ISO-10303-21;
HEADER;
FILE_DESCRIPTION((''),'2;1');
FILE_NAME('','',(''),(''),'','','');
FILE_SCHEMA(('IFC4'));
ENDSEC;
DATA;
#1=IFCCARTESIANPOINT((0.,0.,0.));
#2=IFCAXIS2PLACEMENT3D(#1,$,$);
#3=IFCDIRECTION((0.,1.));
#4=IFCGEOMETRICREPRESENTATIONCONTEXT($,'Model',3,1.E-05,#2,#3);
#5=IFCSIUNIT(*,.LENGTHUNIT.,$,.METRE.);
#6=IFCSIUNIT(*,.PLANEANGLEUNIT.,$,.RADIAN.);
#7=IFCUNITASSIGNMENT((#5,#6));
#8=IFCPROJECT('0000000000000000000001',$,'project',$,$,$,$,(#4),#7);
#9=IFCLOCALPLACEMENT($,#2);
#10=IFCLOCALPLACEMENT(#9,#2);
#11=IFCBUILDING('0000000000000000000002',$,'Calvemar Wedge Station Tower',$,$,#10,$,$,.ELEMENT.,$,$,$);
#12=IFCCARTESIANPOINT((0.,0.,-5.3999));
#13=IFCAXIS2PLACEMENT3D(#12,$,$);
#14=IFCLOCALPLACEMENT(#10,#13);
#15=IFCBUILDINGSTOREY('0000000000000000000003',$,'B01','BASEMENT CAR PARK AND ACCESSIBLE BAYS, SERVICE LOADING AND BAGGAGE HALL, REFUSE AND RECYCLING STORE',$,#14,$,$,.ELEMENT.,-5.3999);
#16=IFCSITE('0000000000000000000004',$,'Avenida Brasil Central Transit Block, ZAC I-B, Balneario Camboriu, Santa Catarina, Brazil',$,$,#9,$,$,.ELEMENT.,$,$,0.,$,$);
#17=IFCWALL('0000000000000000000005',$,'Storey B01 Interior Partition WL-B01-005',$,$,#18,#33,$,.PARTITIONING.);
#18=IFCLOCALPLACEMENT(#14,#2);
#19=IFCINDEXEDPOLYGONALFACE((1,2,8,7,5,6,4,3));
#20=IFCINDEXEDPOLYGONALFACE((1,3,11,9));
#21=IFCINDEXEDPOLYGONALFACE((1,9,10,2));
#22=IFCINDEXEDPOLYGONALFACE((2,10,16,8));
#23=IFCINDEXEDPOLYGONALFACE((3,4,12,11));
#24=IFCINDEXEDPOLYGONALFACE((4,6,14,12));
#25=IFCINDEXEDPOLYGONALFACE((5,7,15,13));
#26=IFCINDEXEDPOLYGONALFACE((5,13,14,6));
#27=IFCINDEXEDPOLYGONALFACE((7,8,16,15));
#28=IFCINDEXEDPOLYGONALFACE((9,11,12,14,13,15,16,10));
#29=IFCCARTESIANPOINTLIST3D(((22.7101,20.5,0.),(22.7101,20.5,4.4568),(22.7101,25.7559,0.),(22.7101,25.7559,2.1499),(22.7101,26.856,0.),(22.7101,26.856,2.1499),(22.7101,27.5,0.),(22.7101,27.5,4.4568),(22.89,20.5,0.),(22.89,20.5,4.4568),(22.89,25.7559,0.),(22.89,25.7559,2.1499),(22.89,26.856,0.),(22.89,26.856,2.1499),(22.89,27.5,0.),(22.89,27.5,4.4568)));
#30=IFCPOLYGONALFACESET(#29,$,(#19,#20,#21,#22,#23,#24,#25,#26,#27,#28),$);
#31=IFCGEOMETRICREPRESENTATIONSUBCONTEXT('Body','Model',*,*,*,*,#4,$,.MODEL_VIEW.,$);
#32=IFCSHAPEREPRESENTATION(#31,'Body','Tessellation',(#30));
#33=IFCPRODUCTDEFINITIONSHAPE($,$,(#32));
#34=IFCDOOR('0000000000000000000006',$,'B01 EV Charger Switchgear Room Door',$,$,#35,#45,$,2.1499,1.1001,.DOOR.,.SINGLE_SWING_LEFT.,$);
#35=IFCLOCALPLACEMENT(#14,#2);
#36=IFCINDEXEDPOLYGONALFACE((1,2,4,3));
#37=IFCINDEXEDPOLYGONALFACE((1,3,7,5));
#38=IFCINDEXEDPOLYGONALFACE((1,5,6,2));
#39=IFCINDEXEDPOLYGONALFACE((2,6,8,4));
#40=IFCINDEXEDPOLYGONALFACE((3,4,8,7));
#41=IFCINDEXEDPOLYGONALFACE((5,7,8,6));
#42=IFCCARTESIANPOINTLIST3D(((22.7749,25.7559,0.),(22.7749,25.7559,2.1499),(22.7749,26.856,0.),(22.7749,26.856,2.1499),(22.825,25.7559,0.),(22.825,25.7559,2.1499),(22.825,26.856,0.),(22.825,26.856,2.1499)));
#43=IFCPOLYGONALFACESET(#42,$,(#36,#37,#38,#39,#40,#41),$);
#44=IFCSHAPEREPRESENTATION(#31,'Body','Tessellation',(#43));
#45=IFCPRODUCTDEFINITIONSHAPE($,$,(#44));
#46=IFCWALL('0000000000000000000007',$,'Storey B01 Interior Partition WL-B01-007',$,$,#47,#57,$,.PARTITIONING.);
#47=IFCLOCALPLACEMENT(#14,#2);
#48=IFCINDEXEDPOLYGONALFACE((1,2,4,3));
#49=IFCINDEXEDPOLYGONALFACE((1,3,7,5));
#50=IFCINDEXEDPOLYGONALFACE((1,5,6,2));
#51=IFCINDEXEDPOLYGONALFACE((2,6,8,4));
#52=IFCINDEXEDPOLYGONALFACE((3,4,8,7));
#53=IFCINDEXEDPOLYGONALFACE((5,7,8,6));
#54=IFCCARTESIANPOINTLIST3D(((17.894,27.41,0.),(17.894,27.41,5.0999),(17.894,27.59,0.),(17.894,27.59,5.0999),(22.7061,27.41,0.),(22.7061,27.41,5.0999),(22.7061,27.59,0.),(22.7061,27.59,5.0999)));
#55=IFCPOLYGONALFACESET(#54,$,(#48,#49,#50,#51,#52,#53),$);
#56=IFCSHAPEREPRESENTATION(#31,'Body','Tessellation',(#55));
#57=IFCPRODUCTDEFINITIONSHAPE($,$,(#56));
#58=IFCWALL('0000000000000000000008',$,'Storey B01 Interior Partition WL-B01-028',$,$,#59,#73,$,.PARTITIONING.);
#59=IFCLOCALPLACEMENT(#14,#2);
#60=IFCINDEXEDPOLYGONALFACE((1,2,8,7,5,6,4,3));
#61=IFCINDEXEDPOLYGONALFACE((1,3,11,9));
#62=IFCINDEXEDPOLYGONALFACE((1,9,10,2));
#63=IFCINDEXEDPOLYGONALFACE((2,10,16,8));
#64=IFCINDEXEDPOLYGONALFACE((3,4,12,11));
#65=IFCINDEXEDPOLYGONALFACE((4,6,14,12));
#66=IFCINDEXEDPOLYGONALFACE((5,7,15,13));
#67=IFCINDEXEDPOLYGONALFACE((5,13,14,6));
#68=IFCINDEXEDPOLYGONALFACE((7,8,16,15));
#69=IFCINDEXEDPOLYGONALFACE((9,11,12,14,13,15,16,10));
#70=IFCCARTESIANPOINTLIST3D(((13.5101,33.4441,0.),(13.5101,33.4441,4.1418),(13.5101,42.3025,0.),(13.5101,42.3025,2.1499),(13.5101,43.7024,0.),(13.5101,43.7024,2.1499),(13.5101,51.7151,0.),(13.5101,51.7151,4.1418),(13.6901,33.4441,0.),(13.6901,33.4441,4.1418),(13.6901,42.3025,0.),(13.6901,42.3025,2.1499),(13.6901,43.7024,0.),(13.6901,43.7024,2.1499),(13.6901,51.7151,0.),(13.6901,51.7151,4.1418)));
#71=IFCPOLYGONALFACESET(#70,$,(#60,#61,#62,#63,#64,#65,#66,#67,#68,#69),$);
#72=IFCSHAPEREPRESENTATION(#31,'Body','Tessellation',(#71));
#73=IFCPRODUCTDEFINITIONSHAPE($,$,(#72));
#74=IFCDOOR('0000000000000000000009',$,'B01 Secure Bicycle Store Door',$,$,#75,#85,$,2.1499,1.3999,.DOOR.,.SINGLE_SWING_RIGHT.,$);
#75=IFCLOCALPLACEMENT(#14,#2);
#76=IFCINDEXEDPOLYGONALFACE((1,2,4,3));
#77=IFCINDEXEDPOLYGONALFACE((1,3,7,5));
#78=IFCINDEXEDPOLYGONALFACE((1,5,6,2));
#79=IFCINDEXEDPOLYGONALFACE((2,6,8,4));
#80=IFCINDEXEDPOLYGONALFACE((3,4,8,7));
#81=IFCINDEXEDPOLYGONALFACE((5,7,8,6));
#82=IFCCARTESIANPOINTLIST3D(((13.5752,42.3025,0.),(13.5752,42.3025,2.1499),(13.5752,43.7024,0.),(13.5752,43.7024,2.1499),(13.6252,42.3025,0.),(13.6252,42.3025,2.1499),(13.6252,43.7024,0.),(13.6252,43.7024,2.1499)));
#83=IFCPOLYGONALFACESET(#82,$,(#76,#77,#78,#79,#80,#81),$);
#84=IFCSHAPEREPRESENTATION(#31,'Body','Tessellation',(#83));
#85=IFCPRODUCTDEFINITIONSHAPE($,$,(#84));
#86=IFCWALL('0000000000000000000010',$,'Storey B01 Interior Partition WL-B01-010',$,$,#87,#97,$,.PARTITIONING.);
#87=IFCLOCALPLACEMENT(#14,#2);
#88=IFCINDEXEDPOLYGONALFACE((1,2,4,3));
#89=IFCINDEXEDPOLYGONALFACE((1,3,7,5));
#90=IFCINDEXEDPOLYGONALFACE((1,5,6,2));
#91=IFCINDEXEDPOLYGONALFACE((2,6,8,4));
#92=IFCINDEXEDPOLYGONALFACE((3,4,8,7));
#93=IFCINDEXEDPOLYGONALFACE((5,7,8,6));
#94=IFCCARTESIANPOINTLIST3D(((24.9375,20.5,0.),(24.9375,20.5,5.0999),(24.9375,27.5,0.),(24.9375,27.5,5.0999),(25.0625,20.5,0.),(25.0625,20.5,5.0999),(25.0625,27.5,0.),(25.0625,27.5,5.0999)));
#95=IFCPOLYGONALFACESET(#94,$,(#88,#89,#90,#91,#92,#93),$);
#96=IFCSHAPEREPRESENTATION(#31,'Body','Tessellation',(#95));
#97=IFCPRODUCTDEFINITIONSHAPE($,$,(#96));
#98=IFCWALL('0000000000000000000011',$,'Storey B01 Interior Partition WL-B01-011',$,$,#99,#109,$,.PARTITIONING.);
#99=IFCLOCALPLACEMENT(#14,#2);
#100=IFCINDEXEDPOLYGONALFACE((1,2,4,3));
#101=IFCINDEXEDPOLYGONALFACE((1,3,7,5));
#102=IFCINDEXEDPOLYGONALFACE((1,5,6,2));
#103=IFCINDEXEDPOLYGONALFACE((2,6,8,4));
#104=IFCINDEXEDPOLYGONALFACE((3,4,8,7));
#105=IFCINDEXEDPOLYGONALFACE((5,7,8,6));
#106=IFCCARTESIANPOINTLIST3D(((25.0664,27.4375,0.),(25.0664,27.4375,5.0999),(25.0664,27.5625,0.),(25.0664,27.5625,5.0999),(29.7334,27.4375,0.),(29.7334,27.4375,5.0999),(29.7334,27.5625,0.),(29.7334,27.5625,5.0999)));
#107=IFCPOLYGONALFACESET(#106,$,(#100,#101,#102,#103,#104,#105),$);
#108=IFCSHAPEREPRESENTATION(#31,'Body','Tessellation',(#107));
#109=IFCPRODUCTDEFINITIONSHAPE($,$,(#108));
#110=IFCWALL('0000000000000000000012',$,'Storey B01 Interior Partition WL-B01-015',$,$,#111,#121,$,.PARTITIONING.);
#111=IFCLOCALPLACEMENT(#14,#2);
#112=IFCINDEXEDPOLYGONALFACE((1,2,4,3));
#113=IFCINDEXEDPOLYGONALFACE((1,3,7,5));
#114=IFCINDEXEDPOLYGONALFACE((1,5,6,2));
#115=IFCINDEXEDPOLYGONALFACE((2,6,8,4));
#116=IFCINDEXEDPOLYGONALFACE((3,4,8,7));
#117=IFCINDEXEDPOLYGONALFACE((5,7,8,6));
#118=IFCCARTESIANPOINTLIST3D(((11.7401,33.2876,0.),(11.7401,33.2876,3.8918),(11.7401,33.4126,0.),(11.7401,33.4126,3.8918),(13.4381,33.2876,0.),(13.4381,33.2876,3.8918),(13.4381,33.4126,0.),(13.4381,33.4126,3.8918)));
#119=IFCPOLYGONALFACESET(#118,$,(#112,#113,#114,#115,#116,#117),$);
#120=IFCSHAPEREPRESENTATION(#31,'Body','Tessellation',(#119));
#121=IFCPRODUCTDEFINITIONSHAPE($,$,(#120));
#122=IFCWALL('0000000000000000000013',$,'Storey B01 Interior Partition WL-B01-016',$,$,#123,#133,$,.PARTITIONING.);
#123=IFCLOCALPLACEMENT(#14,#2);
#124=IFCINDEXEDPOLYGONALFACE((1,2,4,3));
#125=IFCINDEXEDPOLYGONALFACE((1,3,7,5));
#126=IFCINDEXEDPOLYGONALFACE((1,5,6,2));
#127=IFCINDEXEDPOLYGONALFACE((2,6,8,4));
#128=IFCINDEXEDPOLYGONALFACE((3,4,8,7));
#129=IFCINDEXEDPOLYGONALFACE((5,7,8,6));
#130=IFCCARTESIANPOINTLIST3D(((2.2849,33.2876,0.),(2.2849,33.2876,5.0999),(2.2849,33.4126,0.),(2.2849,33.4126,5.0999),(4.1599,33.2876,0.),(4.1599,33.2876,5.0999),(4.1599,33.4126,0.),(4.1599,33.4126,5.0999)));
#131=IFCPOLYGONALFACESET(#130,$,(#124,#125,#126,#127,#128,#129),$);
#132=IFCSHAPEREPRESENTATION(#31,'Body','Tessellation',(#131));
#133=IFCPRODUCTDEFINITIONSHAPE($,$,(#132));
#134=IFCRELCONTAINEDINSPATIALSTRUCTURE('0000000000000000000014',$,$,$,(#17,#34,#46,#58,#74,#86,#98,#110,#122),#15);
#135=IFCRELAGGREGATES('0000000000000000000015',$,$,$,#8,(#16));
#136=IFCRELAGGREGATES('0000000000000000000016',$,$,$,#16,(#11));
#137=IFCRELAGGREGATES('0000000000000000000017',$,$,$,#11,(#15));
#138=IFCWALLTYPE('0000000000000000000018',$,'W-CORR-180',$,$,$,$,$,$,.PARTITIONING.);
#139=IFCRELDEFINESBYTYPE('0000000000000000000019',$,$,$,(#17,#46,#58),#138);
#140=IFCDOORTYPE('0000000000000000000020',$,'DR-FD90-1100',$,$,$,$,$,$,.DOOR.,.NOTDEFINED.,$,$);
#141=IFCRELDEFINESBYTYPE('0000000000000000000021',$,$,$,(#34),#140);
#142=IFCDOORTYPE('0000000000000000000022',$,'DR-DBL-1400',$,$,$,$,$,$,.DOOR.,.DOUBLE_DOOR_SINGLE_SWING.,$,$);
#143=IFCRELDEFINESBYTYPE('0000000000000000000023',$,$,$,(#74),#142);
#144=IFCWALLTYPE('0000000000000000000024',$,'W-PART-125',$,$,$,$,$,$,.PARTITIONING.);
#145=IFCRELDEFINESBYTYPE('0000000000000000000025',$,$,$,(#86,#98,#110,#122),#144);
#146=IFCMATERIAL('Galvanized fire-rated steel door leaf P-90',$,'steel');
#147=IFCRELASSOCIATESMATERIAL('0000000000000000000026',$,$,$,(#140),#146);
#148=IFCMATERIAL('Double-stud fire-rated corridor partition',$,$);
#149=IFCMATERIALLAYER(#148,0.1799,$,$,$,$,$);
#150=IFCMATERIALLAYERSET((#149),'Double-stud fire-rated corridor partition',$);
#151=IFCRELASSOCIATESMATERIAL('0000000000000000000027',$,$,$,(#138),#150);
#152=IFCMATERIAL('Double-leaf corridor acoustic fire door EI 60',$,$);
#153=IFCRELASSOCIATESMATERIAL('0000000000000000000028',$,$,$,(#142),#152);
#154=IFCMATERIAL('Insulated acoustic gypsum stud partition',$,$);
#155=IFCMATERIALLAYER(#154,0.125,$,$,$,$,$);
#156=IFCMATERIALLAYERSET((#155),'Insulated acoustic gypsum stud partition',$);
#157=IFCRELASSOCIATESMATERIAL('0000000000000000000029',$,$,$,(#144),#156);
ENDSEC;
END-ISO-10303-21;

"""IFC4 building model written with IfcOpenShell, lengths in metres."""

from ifc_helpers import new_model, si_unit, direction, frame, frame_2d, origin, place, context, subcontext, project, spatial, rectangle, extrude, source, transform, mapped, material, layer, layer_set, type_object, element, fill, save


model = new_model("IFC4")

# Units and contexts
model_context = context("Model", 3, precision=1e-05, world=origin(), true_north=direction((0.0, 1.0)))
body_context = subcontext(model_context, "Body", "Model", "MODEL_VIEW")
ifc_project = project(units=[si_unit("LENGTHUNIT", "METRE"), si_unit("PLANEANGLEUNIT", "RADIAN")], contexts=[model_context])

# Site, building, storey
site_placement = place(None, origin())
site = spatial("IfcSite", under=ifc_project, at=site_placement, Name="Avenida Brasil Central Transit Block, ZAC I-B, Balneario Camboriu, Santa Catarina, Brazil", CompositionType="ELEMENT", RefElevation=0.0)
building_placement = place(site_placement, origin())
building = spatial("IfcBuilding", under=site, at=building_placement, Name="Calvemar Wedge Station Tower", CompositionType="ELEMENT")
storey_placement = place(building_placement, frame((0.0, 0.0, -5.3999)))
storey = spatial("IfcBuildingStorey", under=building, at=storey_placement, Name="B01", Description="BASEMENT CAR PARK AND ACCESSIBLE BAYS, SERVICE LOADING AND BAGGAGE HALL, REFUSE AND RECYCLING STORE", CompositionType="ELEMENT", Elevation=-5.3999)

# Wall, opening, door
ifc_material_1 = material(Name="Galvanized fire-rated steel door leaf P-90", Category="steel")
door_type_1 = type_object("IfcDoorType", Name="DR-FD90-1100", OperationType="NOTDEFINED", PredefinedType="DOOR", material=ifc_material_1)
shared_shape_1 = source(origin(), body_context, "Body", "SweptSolid", [
    extrude(rectangle(XDim=1.1001, YDim=2.1499, at=frame_2d((0.55, 1.075))), frame((0.0, 0.0249, 0.0), z_axis=(0.0, -1.0, 0.0), x_axis=(1.0, 0.0, 0.0)), (0.0, 0.0, 1.0), 0.05),
])
ifc_material_2 = material(Name="Double-stud fire-rated corridor partition")
ifc_layer_1 = layer(ifc_material_2, 0.1799)
ifc_layer_set_1 = layer_set([ifc_layer_1], Name="Double-stud fire-rated corridor partition")
wall_type_1 = type_object("IfcWallType", Name="W-CORR-180", PredefinedType="PARTITIONING", material=ifc_layer_set_1)
wall_1_placement = place(storey_placement, frame((22.8, 27.5, 0.0), z_axis=(0.0, 0.0, 1.0), x_axis=(0.0, -1.0, 0.0)))
wall_1 = element("IfcWall", 1, at=wall_1_placement, inside=storey, type_object=wall_type_1, Name="Storey B01 Interior Partition WL-B01-005", PredefinedType="PARTITIONING", context=body_context, shape_type="SweptSolid", body=[
    extrude(rectangle(XDim=7.0, YDim=0.1799, at=frame_2d((3.5, 0.0))), origin(), (0.0, 0.0, 1.0), 4.4568),
])
shared_shape_2 = source(origin(), body_context, "Body", "SweptSolid", [
    extrude(rectangle(XDim=1.1001, YDim=2.1499, at=frame_2d((0.55, 1.075))), frame((0.0, 0.1001, 0.0), z_axis=(0.0, -1.0, 0.0), x_axis=(1.0, 0.0, 0.0)), (0.0, 0.0, 1.0), 0.2),
])
opening_1_placement = place(wall_1_placement, frame((0.644, 0.0, 0.0)))
opening_1 = element("IfcOpeningElement", 2, at=opening_1_placement, cuts=wall_1, PredefinedType="OPENING", context=body_context, shape_type="MappedRepresentation", body=[
    mapped(shared_shape_2, transform((0.0, 0.0, 0.0), scale=1.0)),
])
door_1_placement = place(opening_1_placement, origin())
door_1 = element("IfcDoor", 3, at=door_1_placement, inside=storey, type_object=door_type_1, Name="B01 EV Charger Switchgear Room Door", OperationType="SINGLE_SWING_LEFT", OverallHeight=2.1499, OverallWidth=1.1001, PredefinedType="DOOR", context=body_context, shape_type="MappedRepresentation", body=[
    mapped(shared_shape_1, transform((0.0, 0.0, 0.0), scale=1.0)),
])
fill(opening_1, door_1)

# Wall
wall_2_placement = place(storey_placement, frame((17.894, 27.5, 0.0), z_axis=(0.0, 0.0, 1.0), x_axis=(1.0, 0.0, 0.0)))
element("IfcWall", 4, at=wall_2_placement, inside=storey, type_object=wall_type_1, Name="Storey B01 Interior Partition WL-B01-007", PredefinedType="PARTITIONING", context=body_context, shape_type="SweptSolid", body=[
    extrude(rectangle(XDim=4.812, YDim=0.1799, at=frame_2d((2.406, 0.0))), origin(), (0.0, 0.0, 1.0), 5.0999),
])

# Wall, opening, door
shared_shape_3 = source(origin(), body_context, "Body", "SweptSolid", [
    extrude(rectangle(XDim=1.3999, YDim=2.1499, at=frame_2d((0.7, 1.075))), frame((0.0, 0.1001, 0.0), z_axis=(0.0, -1.0, 0.0), x_axis=(1.0, 0.0, 0.0)), (0.0, 0.0, 1.0), 0.2),
])
ifc_material_3 = material(Name="Double-leaf corridor acoustic fire door EI 60")
door_type_2 = type_object("IfcDoorType", Name="DR-DBL-1400", OperationType="DOUBLE_DOOR_SINGLE_SWING", PredefinedType="DOOR", material=ifc_material_3)
shared_shape_4 = source(origin(), body_context, "Body", "SweptSolid", [
    extrude(rectangle(XDim=1.3999, YDim=2.1499, at=frame_2d((0.7, 1.075))), frame((0.0, 0.0249, 0.0), z_axis=(0.0, -1.0, 0.0), x_axis=(1.0, 0.0, 0.0)), (0.0, 0.0, 1.0), 0.05),
])
wall_3_placement = place(storey_placement, frame((13.6001, 33.4441, 0.0), z_axis=(0.0, 0.0, 1.0), x_axis=(0.0, 1.0, 0.0)))
wall_3 = element("IfcWall", 5, at=wall_3_placement, inside=storey, type_object=wall_type_1, Name="Storey B01 Interior Partition WL-B01-028", PredefinedType="PARTITIONING", context=body_context, shape_type="SweptSolid", body=[
    extrude(rectangle(XDim=18.271, YDim=0.1799, at=frame_2d((9.1355, 0.0))), origin(), (0.0, 0.0, 1.0), 4.1418),
])
opening_2_placement = place(wall_3_placement, frame((8.8584, 0.0, 0.0)))
opening_2 = element("IfcOpeningElement", 6, at=opening_2_placement, cuts=wall_3, PredefinedType="OPENING", context=body_context, shape_type="MappedRepresentation", body=[
    mapped(shared_shape_3, transform((0.0, 0.0, 0.0), scale=1.0)),
])
door_2_placement = place(opening_2_placement, origin())
door_2 = element("IfcDoor", 7, at=door_2_placement, inside=storey, type_object=door_type_2, Name="B01 Secure Bicycle Store Door", OperationType="SINGLE_SWING_RIGHT", OverallHeight=2.1499, OverallWidth=1.3999, PredefinedType="DOOR", context=body_context, shape_type="MappedRepresentation", body=[
    mapped(shared_shape_4, transform((0.0, 0.0, 0.0), scale=1.0)),
])
fill(opening_2, door_2)

# Walls
ifc_material_4 = material(Name="Insulated acoustic gypsum stud partition")
ifc_layer_2 = layer(ifc_material_4, 0.125)
ifc_layer_set_2 = layer_set([ifc_layer_2], Name="Insulated acoustic gypsum stud partition")
wall_type_2 = type_object("IfcWallType", Name="W-PART-125", PredefinedType="PARTITIONING", material=ifc_layer_set_2)
wall_4_placement = place(storey_placement, frame((25.0, 20.5, 0.0), z_axis=(0.0, 0.0, 1.0), x_axis=(0.0, 1.0, 0.0)))
element("IfcWall", 8, at=wall_4_placement, inside=storey, type_object=wall_type_2, Name="Storey B01 Interior Partition WL-B01-010", PredefinedType="PARTITIONING", context=body_context, shape_type="SweptSolid", body=[
    extrude(rectangle(XDim=7.0, YDim=0.125, at=frame_2d((3.5, 0.0))), origin(), (0.0, 0.0, 1.0), 5.0999),
])
wall_5_placement = place(storey_placement, frame((25.0664, 27.5, 0.0), z_axis=(0.0, 0.0, 1.0), x_axis=(1.0, 0.0, 0.0)))
element("IfcWall", 9, at=wall_5_placement, inside=storey, type_object=wall_type_2, Name="Storey B01 Interior Partition WL-B01-011", PredefinedType="PARTITIONING", context=body_context, shape_type="SweptSolid", body=[
    extrude(rectangle(XDim=4.667, YDim=0.125, at=frame_2d((2.3335, 0.0))), origin(), (0.0, 0.0, 1.0), 5.0999),
])
wall_6_placement = place(storey_placement, frame((11.74, 33.3501, 0.0), z_axis=(0.0, 0.0, 1.0), x_axis=(1.0, 0.0, 0.0)))
element("IfcWall", 10, at=wall_6_placement, inside=storey, type_object=wall_type_2, Name="Storey B01 Interior Partition WL-B01-015", PredefinedType="PARTITIONING", context=body_context, shape_type="SweptSolid", body=[
    extrude(rectangle(XDim=1.698, YDim=0.125, at=frame_2d((0.8491, 0.0))), origin(), (0.0, 0.0, 1.0), 3.8918),
])
wall_7_placement = place(storey_placement, frame((2.2849, 33.3501, 0.0), z_axis=(0.0, 0.0, 1.0), x_axis=(1.0, 0.0, 0.0)))
element("IfcWall", 11, at=wall_7_placement, inside=storey, type_object=wall_type_2, Name="Storey B01 Interior Partition WL-B01-016", PredefinedType="PARTITIONING", context=body_context, shape_type="SweptSolid", body=[
    extrude(rectangle(XDim=1.875, YDim=0.125, at=frame_2d((0.9375, 0.0))), origin(), (0.0, 0.0, 1.0), 5.0999),
])

save(model, "model.ifc")
